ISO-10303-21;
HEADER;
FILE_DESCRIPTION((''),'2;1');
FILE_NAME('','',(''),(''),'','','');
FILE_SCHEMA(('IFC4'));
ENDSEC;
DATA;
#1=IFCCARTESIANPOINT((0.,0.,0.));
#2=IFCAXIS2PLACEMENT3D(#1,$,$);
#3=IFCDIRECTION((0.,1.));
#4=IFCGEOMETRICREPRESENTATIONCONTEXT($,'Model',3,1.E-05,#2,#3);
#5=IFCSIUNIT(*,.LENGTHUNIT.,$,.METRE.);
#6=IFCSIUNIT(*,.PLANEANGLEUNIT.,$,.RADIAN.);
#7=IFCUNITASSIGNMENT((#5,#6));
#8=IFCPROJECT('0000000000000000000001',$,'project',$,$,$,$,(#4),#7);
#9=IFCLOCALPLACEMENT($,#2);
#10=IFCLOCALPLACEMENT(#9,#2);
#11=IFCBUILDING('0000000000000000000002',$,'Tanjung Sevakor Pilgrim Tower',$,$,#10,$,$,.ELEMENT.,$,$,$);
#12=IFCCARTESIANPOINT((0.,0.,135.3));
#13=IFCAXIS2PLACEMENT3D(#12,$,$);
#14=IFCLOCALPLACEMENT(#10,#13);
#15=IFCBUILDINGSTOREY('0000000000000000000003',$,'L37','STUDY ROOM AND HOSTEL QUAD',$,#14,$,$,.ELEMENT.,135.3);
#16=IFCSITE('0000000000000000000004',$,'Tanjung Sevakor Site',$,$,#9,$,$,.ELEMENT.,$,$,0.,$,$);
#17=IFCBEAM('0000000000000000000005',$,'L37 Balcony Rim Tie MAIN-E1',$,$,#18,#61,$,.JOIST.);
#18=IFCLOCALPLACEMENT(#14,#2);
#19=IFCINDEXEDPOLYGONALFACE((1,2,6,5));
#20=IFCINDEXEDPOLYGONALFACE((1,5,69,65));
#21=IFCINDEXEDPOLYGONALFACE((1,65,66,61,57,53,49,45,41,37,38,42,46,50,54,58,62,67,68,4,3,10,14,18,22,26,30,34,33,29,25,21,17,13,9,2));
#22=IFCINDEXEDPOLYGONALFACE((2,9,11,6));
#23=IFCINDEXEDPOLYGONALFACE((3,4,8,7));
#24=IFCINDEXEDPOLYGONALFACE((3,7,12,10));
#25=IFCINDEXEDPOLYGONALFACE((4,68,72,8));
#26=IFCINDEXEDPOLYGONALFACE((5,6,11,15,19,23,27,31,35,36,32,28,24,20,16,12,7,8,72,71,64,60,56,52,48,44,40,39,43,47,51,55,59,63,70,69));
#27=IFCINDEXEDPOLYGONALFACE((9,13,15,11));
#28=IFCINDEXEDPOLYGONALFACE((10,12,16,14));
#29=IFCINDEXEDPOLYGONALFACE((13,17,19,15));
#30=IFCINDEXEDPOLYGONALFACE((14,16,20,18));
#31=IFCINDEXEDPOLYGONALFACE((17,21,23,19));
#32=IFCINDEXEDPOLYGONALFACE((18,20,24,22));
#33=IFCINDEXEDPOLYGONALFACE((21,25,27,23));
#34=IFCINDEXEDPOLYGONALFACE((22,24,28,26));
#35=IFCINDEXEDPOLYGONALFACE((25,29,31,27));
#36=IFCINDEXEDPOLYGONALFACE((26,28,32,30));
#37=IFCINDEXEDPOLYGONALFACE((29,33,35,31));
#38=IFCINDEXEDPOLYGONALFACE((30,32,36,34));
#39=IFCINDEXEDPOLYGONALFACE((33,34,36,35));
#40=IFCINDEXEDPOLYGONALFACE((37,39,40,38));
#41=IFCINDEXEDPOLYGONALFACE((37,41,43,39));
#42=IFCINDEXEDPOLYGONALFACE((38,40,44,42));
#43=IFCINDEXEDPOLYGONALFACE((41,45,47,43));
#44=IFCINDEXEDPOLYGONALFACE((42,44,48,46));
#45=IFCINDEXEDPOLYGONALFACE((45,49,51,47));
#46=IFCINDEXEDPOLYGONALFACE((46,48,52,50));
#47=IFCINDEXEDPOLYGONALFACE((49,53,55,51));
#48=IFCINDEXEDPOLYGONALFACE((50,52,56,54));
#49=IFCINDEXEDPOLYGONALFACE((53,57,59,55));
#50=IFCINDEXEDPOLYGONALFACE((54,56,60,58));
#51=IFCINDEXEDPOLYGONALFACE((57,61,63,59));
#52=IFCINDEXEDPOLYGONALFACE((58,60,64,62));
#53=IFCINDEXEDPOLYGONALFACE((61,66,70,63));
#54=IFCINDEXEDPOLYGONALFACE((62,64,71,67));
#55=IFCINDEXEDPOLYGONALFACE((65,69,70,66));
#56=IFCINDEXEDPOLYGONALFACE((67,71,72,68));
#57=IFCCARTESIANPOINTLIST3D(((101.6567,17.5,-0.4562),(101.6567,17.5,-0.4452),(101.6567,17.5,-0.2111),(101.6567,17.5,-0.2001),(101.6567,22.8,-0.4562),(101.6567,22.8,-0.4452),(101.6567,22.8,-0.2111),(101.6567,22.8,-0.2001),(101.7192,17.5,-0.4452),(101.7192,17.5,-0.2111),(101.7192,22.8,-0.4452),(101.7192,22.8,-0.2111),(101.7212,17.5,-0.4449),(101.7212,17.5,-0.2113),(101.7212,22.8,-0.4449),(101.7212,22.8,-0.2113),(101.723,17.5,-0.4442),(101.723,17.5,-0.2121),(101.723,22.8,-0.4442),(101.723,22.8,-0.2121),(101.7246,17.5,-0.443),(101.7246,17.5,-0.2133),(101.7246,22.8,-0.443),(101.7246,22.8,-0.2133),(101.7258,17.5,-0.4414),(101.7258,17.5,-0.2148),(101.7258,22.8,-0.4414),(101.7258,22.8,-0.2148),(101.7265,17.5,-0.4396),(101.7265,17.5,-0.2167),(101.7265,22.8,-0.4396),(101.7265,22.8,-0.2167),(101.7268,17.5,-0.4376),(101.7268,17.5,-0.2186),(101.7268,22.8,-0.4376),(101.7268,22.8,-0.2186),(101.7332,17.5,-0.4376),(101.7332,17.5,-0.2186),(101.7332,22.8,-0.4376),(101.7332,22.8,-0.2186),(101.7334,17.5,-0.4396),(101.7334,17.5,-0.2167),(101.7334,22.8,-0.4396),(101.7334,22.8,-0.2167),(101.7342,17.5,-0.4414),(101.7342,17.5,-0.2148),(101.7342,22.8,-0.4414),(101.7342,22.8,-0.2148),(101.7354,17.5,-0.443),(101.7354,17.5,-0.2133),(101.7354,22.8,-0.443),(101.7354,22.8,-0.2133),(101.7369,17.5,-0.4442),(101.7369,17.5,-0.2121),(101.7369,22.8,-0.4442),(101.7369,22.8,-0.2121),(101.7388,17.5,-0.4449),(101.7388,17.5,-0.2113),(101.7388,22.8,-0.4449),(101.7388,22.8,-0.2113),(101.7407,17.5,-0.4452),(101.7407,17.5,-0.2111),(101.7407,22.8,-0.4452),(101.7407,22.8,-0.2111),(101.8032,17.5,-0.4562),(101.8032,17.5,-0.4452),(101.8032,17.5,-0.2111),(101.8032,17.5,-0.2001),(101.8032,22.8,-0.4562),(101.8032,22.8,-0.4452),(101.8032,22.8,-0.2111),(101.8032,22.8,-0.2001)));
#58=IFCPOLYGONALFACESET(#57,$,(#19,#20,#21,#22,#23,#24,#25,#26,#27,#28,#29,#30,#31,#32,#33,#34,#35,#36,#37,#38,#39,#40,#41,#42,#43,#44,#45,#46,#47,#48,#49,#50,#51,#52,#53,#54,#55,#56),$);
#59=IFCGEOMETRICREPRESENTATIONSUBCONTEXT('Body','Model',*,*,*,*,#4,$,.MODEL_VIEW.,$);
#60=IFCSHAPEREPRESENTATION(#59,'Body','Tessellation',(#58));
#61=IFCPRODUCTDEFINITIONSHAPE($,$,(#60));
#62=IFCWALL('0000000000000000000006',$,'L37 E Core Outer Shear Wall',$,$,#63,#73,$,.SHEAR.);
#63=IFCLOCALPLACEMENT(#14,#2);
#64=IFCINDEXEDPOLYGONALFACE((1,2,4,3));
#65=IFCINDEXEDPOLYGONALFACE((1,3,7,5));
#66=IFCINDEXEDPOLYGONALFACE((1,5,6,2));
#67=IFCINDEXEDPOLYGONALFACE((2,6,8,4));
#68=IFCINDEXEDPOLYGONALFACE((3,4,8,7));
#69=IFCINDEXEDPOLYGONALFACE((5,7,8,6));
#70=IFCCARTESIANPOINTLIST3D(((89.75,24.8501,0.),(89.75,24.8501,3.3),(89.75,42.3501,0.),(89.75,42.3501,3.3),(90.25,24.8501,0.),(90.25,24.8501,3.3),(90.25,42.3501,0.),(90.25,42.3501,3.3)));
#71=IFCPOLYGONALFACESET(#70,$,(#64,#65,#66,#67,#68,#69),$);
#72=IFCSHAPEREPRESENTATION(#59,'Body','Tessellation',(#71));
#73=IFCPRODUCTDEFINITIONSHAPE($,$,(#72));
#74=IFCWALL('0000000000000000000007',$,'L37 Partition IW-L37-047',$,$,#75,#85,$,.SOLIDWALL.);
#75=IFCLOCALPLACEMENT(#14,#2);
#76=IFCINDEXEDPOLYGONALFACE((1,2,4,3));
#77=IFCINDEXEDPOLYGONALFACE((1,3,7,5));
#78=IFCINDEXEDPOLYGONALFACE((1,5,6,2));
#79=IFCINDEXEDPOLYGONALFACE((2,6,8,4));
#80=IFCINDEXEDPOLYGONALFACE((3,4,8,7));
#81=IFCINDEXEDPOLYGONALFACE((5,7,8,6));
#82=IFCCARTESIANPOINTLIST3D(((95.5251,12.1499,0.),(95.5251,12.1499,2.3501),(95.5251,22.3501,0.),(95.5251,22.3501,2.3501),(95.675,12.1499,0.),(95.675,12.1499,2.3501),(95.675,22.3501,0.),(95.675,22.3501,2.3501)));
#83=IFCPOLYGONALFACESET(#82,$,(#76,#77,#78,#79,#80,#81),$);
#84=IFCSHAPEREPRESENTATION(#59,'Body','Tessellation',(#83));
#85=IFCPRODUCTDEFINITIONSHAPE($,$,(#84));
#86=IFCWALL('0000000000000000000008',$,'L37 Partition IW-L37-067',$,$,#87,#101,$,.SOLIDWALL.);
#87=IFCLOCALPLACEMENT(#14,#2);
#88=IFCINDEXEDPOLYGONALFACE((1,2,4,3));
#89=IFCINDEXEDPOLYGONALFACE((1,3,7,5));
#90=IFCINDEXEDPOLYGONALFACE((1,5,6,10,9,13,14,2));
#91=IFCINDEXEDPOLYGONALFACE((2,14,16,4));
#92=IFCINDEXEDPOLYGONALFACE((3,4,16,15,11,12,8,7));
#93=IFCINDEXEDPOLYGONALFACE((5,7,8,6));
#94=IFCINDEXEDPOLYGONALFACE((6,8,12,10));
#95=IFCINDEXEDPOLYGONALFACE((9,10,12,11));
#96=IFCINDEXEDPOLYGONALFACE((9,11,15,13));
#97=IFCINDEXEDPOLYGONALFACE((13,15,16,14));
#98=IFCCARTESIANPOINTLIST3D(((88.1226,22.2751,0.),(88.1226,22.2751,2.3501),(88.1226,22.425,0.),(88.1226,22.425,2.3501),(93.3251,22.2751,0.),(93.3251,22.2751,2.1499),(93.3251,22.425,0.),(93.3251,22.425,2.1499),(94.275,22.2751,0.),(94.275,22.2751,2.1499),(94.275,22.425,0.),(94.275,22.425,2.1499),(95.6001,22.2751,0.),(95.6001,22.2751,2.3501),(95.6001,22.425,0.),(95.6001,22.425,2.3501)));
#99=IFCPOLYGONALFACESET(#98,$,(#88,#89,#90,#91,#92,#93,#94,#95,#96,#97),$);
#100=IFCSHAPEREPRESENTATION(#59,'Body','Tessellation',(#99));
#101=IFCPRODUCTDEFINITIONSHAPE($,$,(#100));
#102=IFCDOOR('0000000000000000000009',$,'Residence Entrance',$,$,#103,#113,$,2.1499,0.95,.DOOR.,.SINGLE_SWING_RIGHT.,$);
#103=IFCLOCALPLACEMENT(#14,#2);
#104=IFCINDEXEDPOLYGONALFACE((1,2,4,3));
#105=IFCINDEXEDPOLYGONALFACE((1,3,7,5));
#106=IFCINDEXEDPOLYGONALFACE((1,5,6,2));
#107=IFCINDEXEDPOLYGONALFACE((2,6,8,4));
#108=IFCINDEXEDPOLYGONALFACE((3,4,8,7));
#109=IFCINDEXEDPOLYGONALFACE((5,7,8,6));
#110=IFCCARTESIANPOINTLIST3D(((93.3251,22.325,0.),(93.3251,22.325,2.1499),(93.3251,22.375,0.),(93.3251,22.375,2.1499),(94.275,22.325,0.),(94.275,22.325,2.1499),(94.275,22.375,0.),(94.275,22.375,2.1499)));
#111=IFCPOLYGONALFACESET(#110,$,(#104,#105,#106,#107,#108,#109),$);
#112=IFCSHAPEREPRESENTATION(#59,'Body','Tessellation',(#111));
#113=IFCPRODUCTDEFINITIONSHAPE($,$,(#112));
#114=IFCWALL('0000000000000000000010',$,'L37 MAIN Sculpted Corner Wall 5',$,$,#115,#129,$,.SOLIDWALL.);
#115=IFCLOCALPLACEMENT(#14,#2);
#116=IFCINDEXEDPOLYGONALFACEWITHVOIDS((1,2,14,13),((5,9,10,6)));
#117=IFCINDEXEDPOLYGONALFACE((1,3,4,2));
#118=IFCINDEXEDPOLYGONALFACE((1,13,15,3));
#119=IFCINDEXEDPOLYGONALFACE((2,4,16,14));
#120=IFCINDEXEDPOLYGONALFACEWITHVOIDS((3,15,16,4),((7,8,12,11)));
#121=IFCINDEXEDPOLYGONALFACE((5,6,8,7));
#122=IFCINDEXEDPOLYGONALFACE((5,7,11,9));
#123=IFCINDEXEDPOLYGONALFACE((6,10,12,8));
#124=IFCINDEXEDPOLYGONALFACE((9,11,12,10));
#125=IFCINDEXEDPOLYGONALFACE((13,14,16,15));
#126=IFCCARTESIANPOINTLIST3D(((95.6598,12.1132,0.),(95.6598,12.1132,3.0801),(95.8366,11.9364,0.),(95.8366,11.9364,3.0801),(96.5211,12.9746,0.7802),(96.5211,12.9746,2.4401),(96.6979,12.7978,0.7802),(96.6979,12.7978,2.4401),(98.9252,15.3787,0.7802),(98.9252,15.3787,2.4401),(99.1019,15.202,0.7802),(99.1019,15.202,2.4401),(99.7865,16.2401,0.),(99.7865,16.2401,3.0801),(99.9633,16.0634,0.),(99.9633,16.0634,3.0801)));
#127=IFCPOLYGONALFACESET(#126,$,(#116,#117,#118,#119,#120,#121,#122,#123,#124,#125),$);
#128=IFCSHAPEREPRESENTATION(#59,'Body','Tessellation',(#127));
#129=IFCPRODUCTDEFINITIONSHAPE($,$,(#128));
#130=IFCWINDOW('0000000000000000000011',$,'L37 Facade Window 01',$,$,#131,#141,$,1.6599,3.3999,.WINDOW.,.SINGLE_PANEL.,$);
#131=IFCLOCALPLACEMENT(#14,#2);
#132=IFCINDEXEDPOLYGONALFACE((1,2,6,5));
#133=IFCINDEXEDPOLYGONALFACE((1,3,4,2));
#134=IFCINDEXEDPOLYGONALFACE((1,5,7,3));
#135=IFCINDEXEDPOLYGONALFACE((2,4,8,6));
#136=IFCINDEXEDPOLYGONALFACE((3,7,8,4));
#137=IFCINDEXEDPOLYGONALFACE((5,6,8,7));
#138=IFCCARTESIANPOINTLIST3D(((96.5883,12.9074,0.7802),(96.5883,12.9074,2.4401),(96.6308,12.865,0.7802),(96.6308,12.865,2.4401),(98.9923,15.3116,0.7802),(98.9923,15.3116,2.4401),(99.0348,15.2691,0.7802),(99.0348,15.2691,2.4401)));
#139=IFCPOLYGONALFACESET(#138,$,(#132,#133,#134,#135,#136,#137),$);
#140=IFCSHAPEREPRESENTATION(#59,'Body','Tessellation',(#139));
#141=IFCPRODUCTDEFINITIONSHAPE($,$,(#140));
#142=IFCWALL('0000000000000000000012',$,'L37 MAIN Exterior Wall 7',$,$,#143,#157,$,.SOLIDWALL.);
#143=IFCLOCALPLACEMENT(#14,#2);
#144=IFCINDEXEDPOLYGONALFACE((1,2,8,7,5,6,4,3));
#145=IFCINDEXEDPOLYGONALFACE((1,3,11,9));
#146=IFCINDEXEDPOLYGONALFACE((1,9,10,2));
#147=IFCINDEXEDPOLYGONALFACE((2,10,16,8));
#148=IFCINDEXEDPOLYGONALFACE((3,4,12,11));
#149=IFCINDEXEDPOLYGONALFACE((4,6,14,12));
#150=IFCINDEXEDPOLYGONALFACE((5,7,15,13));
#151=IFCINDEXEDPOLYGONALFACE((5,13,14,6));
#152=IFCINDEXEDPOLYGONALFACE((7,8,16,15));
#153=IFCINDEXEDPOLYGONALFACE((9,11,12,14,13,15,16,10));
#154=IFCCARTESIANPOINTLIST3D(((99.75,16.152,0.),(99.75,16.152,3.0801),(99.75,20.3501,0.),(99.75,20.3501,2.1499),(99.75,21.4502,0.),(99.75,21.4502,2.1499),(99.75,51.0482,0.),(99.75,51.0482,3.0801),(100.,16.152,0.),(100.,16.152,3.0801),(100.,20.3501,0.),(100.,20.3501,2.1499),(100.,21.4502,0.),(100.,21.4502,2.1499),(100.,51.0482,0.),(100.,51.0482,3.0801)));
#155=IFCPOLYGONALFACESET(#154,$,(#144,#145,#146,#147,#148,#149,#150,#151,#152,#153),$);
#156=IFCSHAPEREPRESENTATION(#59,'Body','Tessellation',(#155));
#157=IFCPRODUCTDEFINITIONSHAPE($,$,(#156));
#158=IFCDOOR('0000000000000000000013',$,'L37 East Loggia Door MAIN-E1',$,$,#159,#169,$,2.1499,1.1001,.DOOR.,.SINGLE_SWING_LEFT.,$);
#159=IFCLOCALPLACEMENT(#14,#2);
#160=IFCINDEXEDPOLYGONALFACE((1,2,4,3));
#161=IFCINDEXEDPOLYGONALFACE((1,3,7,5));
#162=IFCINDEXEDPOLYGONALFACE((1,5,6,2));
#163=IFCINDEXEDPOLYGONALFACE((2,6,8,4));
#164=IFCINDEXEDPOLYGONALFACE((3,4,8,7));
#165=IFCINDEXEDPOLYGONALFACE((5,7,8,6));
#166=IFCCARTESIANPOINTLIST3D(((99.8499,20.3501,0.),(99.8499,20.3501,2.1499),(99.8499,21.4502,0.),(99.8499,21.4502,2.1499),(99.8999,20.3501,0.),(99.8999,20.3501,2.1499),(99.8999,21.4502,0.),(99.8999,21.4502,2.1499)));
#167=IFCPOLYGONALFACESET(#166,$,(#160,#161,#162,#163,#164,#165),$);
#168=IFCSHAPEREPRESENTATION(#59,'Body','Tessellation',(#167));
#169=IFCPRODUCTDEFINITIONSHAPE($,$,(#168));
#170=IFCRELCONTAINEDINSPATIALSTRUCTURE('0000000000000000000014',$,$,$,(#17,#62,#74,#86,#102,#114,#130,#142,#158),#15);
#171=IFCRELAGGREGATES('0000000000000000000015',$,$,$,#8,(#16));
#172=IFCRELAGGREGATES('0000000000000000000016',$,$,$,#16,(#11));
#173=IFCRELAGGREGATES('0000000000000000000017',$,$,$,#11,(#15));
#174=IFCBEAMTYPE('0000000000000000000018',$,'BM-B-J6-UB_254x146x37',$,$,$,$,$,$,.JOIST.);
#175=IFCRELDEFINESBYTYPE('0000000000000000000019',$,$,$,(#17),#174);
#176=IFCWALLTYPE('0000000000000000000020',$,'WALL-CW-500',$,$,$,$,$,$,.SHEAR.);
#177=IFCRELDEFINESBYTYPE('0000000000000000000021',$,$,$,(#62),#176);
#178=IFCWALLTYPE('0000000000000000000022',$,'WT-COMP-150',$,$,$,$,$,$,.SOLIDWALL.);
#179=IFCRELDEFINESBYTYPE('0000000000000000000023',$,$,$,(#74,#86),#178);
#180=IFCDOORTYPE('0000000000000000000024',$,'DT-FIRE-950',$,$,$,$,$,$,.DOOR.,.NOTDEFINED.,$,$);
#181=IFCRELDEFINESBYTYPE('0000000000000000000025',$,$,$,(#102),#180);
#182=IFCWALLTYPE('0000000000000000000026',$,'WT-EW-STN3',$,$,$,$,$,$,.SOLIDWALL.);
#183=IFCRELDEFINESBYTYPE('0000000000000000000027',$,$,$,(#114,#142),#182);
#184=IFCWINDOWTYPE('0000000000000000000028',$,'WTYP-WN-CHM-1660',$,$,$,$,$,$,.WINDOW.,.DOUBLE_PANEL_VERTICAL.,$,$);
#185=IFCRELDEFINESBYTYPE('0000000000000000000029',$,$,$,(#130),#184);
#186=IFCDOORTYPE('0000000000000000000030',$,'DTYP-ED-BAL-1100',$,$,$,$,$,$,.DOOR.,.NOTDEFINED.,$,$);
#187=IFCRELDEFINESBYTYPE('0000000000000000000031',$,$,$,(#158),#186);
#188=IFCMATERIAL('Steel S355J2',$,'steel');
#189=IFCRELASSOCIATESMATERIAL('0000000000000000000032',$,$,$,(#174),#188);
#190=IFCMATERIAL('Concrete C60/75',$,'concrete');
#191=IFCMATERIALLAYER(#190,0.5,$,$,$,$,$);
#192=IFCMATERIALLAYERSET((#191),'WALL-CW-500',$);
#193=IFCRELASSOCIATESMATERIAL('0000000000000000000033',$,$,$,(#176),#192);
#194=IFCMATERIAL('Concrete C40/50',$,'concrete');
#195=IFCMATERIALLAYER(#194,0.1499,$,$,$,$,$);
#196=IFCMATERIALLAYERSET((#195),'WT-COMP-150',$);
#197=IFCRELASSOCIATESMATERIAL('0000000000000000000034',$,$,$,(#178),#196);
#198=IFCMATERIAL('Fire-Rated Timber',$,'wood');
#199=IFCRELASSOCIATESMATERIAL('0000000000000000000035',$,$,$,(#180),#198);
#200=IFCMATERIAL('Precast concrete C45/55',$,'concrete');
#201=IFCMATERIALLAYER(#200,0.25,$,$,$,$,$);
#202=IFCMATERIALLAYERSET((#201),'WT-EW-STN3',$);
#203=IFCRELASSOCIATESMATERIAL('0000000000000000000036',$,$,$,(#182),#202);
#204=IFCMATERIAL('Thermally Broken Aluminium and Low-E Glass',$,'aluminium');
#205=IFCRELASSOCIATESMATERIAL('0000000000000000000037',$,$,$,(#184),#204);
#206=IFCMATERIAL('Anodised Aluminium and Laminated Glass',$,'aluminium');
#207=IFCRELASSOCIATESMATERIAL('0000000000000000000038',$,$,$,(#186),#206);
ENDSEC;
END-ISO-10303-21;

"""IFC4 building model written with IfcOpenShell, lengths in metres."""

from ifc_helpers import new_model, si_unit, direction, frame, frame_2d, origin, origin_2d, place, context, subcontext, project, spatial, rectangle, i_section, extrude, material, layer, layer_set, material_profile, profile_set, type_object, element, fill, save


model = new_model("IFC4")

# Units and contexts
model_context = context("Model", 3, precision=1e-05, world=origin(), true_north=direction((0.0, 1.0)))
body_context = subcontext(model_context, "Body", "Model", "MODEL_VIEW")
ifc_project = project(units=[si_unit("LENGTHUNIT", "METRE"), si_unit("PLANEANGLEUNIT", "RADIAN")], contexts=[model_context])

# Site, building, storey
site_placement = place(None, origin())
site = spatial("IfcSite", under=ifc_project, at=site_placement, Name="Tanjung Sevakor Site", CompositionType="ELEMENT", RefElevation=0.0)
building_placement = place(site_placement, origin())
building = spatial("IfcBuilding", under=site, at=building_placement, Name="Tanjung Sevakor Pilgrim Tower", CompositionType="ELEMENT")
storey_placement = place(building_placement, frame((0.0, 0.0, 135.3)))
storey = spatial("IfcBuildingStorey", under=building, at=storey_placement, Name="L37", Description="STUDY ROOM AND HOSTEL QUAD", CompositionType="ELEMENT", Elevation=135.3)

# Beam
ifc_material_1 = material(Name="Steel S355J2", Category="steel")
ifc_material_profile_1 = material_profile(ifc_material_1, i_section(OverallWidth=0.1465, OverallDepth=0.2561, WebThickness=0.0063, FlangeThickness=0.011, FilletRadius=0.0076, at=origin_2d()))
ifc_profile_set_1 = profile_set([ifc_material_profile_1], Name="Steel S355J2")
beam_type_1 = type_object("IfcBeamType", Name="BM-B-J6-UB_254x146x37", PredefinedType="JOIST", material=ifc_profile_set_1)
beam_1_placement = place(storey_placement, frame((101.73, 17.5, -0.3281), z_axis=(0.0, 1.0, 0.0), x_axis=(-1.0, 0.0, 0.0)))
element("IfcBeam", 1, at=beam_1_placement, inside=storey, type_object=beam_type_1, Name="L37 Balcony Rim Tie MAIN-E1", PredefinedType="JOIST", context=body_context, shape_type="SweptSolid", body=[
    extrude(i_section(OverallWidth=0.1465, OverallDepth=0.2561, WebThickness=0.0063, FlangeThickness=0.011, FilletRadius=0.0076, at=origin_2d()), origin(), (0.0, 0.0, 1.0), 5.3),
])

# Walls
ifc_material_2 = material(Name="Concrete C60/75", Category="concrete")
ifc_layer_1 = layer(ifc_material_2, 0.5)
ifc_layer_set_1 = layer_set([ifc_layer_1], Name="WALL-CW-500")
wall_type_1 = type_object("IfcWallType", Name="WALL-CW-500", PredefinedType="SHEAR", material=ifc_layer_set_1)
wall_1_placement = place(storey_placement, frame((90.0, 24.8501, 0.0), z_axis=(0.0, 0.0, 1.0), x_axis=(0.0, 1.0, 0.0)))
element("IfcWall", 2, at=wall_1_placement, inside=storey, type_object=wall_type_1, Name="L37 E Core Outer Shear Wall", PredefinedType="SHEAR", context=body_context, shape_type="SweptSolid", body=[
    extrude(rectangle(XDim=17.5, YDim=0.5, at=frame_2d((8.75, 0.0))), origin(), (0.0, 0.0, 1.0), 3.3),
])
ifc_material_3 = material(Name="Concrete C40/50", Category="concrete")
ifc_layer_2 = layer(ifc_material_3, 0.1499)
ifc_layer_set_2 = layer_set([ifc_layer_2], Name="WT-COMP-150")
wall_type_2 = type_object("IfcWallType", Name="WT-COMP-150", PredefinedType="SOLIDWALL", material=ifc_layer_set_2)
wall_2_placement = place(storey_placement, frame((95.6001, 12.1499, 0.0), z_axis=(0.0, 0.0, 1.0), x_axis=(0.0, 1.0, 0.0)))
element("IfcWall", 3, at=wall_2_placement, inside=storey, type_object=wall_type_2, Name="L37 Partition IW-L37-047", PredefinedType="SOLIDWALL", context=body_context, shape_type="SweptSolid", body=[
    extrude(rectangle(XDim=10.2002, YDim=0.1499, at=frame_2d((5.1001, 0.0))), origin(), (0.0, 0.0, 1.0), 2.3501),
])

# Wall, opening, door
wall_3_placement = place(storey_placement, frame((88.1226, 22.3501, 0.0), z_axis=(0.0, 0.0, 1.0), x_axis=(1.0, 0.0, 0.0)))
wall_3 = element("IfcWall", 4, at=wall_3_placement, inside=storey, type_object=wall_type_2, Name="L37 Partition IW-L37-067", PredefinedType="SOLIDWALL", context=body_context, shape_type="SweptSolid", body=[
    extrude(rectangle(XDim=7.4775, YDim=0.1499, at=frame_2d((3.7388, 0.0))), origin(), (0.0, 0.0, 1.0), 2.3501),
])
opening_1_placement = place(wall_3_placement, frame((5.2024, 0.0, 0.0)))
opening_1 = element("IfcOpeningElement", 5, at=opening_1_placement, cuts=wall_3, PredefinedType="OPENING", context=body_context, shape_type="SweptSolid", body=[
    extrude(rectangle(XDim=0.95, YDim=2.1499, at=frame_2d((0.4751, 1.075))), frame((0.0, 0.085, 0.0), z_axis=(0.0, -1.0, 0.0), x_axis=(1.0, 0.0, 0.0)), (0.0, 0.0, 1.0), 0.1699),
])
ifc_material_4 = material(Name="Fire-Rated Timber", Category="wood")
door_type_1 = type_object("IfcDoorType", Name="DT-FIRE-950", OperationType="NOTDEFINED", PredefinedType="DOOR", material=ifc_material_4)
door_1_placement = place(opening_1_placement, origin())
door_1 = element("IfcDoor", 6, at=door_1_placement, inside=storey, type_object=door_type_1, Name="Residence Entrance", OperationType="SINGLE_SWING_RIGHT", OverallHeight=2.1499, OverallWidth=0.95, PredefinedType="DOOR", context=body_context, shape_type="SweptSolid", body=[
    extrude(rectangle(XDim=0.95, YDim=2.1499, at=frame_2d((0.4751, 1.075))), frame((0.0, 0.0249, 0.0), z_axis=(0.0, -1.0, 0.0), x_axis=(1.0, 0.0, 0.0)), (0.0, 0.0, 1.0), 0.05),
])
fill(opening_1, door_1)

# Wall, opening, window
ifc_material_5 = material(Name="Precast concrete C45/55", Category="concrete")
ifc_layer_3 = layer(ifc_material_5, 0.25)
ifc_layer_set_3 = layer_set([ifc_layer_3], Name="WT-EW-STN3")
wall_type_3 = type_object("IfcWallType", Name="WT-EW-STN3", PredefinedType="SOLIDWALL", material=ifc_layer_set_3)
wall_4_placement = place(storey_placement, frame((95.7483, 12.0249, 0.0), z_axis=(0.0, 0.0, 1.0), x_axis=(0.707086, 0.707128, 0.0)))
wall_4 = element("IfcWall", 7, at=wall_4_placement, inside=storey, type_object=wall_type_3, Name="L37 MAIN Sculpted Corner Wall 5", PredefinedType="SOLIDWALL", context=body_context, shape_type="SweptSolid", body=[
    extrude(rectangle(XDim=5.8362, YDim=0.25, at=frame_2d((2.918, 0.0))), origin(), (0.0, 0.0, 1.0), 3.0801),
])
opening_2_placement = place(wall_4_placement, frame((1.218, 0.0, 0.78)))
opening_2 = element("IfcOpeningElement", 8, at=opening_2_placement, cuts=wall_4, PredefinedType="OPENING", context=body_context, shape_type="SweptSolid", body=[
    extrude(rectangle(XDim=3.3999, YDim=1.6599, at=frame_2d((1.7, 0.8301))), frame((0.0, 0.135, 0.0), z_axis=(0.0, -1.0, 0.0), x_axis=(1.0, 0.0, 0.0)), (0.0, 0.0, 1.0), 0.27),
])
ifc_material_6 = material(Name="Thermally Broken Aluminium and Low-E Glass", Category="aluminium")
window_type = type_object("IfcWindowType", Name="WTYP-WN-CHM-1660", PartitioningType="DOUBLE_PANEL_VERTICAL", PredefinedType="WINDOW", material=ifc_material_6)
window_placement = place(opening_2_placement, origin())
window = element("IfcWindow", 9, at=window_placement, inside=storey, type_object=window_type, Name="L37 Facade Window 01", OverallHeight=1.6599, OverallWidth=3.3999, PartitioningType="SINGLE_PANEL", PredefinedType="WINDOW", context=body_context, shape_type="SweptSolid", body=[
    extrude(rectangle(XDim=3.3999, YDim=1.6599, at=frame_2d((1.7, 0.8301))), frame((0.0, 0.03, 0.0), z_axis=(0.0, -1.0, 0.0), x_axis=(1.0, 0.0, 0.0)), (0.0, 0.0, 1.0), 0.0601),
])
fill(opening_2, window)

# Wall, opening, door
wall_5_placement = place(storey_placement, frame((99.875, 16.1519, 0.0), z_axis=(0.0, 0.0, 1.0), x_axis=(0.0, 1.0, 0.0)))
wall_5 = element("IfcWall", 10, at=wall_5_placement, inside=storey, type_object=wall_type_3, Name="L37 MAIN Exterior Wall 7", PredefinedType="SOLIDWALL", context=body_context, shape_type="SweptSolid", body=[
    extrude(rectangle(XDim=34.8962, YDim=0.25, at=frame_2d((17.4482, 0.0))), origin(), (0.0, 0.0, 1.0), 3.0801),
])
opening_3_placement = place(wall_5_placement, frame((4.1982, 0.0, 0.0)))
opening_3 = element("IfcOpeningElement", 11, at=opening_3_placement, cuts=wall_5, PredefinedType="OPENING", context=body_context, shape_type="SweptSolid", body=[
    extrude(rectangle(XDim=1.1001, YDim=2.1499, at=frame_2d((0.55, 1.075))), frame((0.0, 0.135, 0.0), z_axis=(0.0, -1.0, 0.0), x_axis=(1.0, 0.0, 0.0)), (0.0, 0.0, 1.0), 0.27),
])
ifc_material_7 = material(Name="Anodised Aluminium and Laminated Glass", Category="aluminium")
door_type_2 = type_object("IfcDoorType", Name="DTYP-ED-BAL-1100", OperationType="NOTDEFINED", PredefinedType="DOOR", material=ifc_material_7)
door_2_placement = place(opening_3_placement, frame((1.1001, 0.0, 0.0), z_axis=(0.0, 0.0, 1.0), x_axis=(-1.0, 0.0, 0.0)))
door_2 = element("IfcDoor", 12, at=door_2_placement, inside=storey, type_object=door_type_2, Name="L37 East Loggia Door MAIN-E1", OperationType="SINGLE_SWING_LEFT", OverallHeight=2.1499, OverallWidth=1.1001, PredefinedType="DOOR", context=body_context, shape_type="SweptSolid", body=[
    extrude(rectangle(XDim=1.1001, YDim=2.1499, at=frame_2d((0.55, 1.075))), frame((0.0, 0.0249, 0.0), z_axis=(0.0, -1.0, 0.0), x_axis=(1.0, 0.0, 0.0)), (0.0, 0.0, 1.0), 0.05),
])
fill(opening_3, door_2)

save(model, "model.ifc")
